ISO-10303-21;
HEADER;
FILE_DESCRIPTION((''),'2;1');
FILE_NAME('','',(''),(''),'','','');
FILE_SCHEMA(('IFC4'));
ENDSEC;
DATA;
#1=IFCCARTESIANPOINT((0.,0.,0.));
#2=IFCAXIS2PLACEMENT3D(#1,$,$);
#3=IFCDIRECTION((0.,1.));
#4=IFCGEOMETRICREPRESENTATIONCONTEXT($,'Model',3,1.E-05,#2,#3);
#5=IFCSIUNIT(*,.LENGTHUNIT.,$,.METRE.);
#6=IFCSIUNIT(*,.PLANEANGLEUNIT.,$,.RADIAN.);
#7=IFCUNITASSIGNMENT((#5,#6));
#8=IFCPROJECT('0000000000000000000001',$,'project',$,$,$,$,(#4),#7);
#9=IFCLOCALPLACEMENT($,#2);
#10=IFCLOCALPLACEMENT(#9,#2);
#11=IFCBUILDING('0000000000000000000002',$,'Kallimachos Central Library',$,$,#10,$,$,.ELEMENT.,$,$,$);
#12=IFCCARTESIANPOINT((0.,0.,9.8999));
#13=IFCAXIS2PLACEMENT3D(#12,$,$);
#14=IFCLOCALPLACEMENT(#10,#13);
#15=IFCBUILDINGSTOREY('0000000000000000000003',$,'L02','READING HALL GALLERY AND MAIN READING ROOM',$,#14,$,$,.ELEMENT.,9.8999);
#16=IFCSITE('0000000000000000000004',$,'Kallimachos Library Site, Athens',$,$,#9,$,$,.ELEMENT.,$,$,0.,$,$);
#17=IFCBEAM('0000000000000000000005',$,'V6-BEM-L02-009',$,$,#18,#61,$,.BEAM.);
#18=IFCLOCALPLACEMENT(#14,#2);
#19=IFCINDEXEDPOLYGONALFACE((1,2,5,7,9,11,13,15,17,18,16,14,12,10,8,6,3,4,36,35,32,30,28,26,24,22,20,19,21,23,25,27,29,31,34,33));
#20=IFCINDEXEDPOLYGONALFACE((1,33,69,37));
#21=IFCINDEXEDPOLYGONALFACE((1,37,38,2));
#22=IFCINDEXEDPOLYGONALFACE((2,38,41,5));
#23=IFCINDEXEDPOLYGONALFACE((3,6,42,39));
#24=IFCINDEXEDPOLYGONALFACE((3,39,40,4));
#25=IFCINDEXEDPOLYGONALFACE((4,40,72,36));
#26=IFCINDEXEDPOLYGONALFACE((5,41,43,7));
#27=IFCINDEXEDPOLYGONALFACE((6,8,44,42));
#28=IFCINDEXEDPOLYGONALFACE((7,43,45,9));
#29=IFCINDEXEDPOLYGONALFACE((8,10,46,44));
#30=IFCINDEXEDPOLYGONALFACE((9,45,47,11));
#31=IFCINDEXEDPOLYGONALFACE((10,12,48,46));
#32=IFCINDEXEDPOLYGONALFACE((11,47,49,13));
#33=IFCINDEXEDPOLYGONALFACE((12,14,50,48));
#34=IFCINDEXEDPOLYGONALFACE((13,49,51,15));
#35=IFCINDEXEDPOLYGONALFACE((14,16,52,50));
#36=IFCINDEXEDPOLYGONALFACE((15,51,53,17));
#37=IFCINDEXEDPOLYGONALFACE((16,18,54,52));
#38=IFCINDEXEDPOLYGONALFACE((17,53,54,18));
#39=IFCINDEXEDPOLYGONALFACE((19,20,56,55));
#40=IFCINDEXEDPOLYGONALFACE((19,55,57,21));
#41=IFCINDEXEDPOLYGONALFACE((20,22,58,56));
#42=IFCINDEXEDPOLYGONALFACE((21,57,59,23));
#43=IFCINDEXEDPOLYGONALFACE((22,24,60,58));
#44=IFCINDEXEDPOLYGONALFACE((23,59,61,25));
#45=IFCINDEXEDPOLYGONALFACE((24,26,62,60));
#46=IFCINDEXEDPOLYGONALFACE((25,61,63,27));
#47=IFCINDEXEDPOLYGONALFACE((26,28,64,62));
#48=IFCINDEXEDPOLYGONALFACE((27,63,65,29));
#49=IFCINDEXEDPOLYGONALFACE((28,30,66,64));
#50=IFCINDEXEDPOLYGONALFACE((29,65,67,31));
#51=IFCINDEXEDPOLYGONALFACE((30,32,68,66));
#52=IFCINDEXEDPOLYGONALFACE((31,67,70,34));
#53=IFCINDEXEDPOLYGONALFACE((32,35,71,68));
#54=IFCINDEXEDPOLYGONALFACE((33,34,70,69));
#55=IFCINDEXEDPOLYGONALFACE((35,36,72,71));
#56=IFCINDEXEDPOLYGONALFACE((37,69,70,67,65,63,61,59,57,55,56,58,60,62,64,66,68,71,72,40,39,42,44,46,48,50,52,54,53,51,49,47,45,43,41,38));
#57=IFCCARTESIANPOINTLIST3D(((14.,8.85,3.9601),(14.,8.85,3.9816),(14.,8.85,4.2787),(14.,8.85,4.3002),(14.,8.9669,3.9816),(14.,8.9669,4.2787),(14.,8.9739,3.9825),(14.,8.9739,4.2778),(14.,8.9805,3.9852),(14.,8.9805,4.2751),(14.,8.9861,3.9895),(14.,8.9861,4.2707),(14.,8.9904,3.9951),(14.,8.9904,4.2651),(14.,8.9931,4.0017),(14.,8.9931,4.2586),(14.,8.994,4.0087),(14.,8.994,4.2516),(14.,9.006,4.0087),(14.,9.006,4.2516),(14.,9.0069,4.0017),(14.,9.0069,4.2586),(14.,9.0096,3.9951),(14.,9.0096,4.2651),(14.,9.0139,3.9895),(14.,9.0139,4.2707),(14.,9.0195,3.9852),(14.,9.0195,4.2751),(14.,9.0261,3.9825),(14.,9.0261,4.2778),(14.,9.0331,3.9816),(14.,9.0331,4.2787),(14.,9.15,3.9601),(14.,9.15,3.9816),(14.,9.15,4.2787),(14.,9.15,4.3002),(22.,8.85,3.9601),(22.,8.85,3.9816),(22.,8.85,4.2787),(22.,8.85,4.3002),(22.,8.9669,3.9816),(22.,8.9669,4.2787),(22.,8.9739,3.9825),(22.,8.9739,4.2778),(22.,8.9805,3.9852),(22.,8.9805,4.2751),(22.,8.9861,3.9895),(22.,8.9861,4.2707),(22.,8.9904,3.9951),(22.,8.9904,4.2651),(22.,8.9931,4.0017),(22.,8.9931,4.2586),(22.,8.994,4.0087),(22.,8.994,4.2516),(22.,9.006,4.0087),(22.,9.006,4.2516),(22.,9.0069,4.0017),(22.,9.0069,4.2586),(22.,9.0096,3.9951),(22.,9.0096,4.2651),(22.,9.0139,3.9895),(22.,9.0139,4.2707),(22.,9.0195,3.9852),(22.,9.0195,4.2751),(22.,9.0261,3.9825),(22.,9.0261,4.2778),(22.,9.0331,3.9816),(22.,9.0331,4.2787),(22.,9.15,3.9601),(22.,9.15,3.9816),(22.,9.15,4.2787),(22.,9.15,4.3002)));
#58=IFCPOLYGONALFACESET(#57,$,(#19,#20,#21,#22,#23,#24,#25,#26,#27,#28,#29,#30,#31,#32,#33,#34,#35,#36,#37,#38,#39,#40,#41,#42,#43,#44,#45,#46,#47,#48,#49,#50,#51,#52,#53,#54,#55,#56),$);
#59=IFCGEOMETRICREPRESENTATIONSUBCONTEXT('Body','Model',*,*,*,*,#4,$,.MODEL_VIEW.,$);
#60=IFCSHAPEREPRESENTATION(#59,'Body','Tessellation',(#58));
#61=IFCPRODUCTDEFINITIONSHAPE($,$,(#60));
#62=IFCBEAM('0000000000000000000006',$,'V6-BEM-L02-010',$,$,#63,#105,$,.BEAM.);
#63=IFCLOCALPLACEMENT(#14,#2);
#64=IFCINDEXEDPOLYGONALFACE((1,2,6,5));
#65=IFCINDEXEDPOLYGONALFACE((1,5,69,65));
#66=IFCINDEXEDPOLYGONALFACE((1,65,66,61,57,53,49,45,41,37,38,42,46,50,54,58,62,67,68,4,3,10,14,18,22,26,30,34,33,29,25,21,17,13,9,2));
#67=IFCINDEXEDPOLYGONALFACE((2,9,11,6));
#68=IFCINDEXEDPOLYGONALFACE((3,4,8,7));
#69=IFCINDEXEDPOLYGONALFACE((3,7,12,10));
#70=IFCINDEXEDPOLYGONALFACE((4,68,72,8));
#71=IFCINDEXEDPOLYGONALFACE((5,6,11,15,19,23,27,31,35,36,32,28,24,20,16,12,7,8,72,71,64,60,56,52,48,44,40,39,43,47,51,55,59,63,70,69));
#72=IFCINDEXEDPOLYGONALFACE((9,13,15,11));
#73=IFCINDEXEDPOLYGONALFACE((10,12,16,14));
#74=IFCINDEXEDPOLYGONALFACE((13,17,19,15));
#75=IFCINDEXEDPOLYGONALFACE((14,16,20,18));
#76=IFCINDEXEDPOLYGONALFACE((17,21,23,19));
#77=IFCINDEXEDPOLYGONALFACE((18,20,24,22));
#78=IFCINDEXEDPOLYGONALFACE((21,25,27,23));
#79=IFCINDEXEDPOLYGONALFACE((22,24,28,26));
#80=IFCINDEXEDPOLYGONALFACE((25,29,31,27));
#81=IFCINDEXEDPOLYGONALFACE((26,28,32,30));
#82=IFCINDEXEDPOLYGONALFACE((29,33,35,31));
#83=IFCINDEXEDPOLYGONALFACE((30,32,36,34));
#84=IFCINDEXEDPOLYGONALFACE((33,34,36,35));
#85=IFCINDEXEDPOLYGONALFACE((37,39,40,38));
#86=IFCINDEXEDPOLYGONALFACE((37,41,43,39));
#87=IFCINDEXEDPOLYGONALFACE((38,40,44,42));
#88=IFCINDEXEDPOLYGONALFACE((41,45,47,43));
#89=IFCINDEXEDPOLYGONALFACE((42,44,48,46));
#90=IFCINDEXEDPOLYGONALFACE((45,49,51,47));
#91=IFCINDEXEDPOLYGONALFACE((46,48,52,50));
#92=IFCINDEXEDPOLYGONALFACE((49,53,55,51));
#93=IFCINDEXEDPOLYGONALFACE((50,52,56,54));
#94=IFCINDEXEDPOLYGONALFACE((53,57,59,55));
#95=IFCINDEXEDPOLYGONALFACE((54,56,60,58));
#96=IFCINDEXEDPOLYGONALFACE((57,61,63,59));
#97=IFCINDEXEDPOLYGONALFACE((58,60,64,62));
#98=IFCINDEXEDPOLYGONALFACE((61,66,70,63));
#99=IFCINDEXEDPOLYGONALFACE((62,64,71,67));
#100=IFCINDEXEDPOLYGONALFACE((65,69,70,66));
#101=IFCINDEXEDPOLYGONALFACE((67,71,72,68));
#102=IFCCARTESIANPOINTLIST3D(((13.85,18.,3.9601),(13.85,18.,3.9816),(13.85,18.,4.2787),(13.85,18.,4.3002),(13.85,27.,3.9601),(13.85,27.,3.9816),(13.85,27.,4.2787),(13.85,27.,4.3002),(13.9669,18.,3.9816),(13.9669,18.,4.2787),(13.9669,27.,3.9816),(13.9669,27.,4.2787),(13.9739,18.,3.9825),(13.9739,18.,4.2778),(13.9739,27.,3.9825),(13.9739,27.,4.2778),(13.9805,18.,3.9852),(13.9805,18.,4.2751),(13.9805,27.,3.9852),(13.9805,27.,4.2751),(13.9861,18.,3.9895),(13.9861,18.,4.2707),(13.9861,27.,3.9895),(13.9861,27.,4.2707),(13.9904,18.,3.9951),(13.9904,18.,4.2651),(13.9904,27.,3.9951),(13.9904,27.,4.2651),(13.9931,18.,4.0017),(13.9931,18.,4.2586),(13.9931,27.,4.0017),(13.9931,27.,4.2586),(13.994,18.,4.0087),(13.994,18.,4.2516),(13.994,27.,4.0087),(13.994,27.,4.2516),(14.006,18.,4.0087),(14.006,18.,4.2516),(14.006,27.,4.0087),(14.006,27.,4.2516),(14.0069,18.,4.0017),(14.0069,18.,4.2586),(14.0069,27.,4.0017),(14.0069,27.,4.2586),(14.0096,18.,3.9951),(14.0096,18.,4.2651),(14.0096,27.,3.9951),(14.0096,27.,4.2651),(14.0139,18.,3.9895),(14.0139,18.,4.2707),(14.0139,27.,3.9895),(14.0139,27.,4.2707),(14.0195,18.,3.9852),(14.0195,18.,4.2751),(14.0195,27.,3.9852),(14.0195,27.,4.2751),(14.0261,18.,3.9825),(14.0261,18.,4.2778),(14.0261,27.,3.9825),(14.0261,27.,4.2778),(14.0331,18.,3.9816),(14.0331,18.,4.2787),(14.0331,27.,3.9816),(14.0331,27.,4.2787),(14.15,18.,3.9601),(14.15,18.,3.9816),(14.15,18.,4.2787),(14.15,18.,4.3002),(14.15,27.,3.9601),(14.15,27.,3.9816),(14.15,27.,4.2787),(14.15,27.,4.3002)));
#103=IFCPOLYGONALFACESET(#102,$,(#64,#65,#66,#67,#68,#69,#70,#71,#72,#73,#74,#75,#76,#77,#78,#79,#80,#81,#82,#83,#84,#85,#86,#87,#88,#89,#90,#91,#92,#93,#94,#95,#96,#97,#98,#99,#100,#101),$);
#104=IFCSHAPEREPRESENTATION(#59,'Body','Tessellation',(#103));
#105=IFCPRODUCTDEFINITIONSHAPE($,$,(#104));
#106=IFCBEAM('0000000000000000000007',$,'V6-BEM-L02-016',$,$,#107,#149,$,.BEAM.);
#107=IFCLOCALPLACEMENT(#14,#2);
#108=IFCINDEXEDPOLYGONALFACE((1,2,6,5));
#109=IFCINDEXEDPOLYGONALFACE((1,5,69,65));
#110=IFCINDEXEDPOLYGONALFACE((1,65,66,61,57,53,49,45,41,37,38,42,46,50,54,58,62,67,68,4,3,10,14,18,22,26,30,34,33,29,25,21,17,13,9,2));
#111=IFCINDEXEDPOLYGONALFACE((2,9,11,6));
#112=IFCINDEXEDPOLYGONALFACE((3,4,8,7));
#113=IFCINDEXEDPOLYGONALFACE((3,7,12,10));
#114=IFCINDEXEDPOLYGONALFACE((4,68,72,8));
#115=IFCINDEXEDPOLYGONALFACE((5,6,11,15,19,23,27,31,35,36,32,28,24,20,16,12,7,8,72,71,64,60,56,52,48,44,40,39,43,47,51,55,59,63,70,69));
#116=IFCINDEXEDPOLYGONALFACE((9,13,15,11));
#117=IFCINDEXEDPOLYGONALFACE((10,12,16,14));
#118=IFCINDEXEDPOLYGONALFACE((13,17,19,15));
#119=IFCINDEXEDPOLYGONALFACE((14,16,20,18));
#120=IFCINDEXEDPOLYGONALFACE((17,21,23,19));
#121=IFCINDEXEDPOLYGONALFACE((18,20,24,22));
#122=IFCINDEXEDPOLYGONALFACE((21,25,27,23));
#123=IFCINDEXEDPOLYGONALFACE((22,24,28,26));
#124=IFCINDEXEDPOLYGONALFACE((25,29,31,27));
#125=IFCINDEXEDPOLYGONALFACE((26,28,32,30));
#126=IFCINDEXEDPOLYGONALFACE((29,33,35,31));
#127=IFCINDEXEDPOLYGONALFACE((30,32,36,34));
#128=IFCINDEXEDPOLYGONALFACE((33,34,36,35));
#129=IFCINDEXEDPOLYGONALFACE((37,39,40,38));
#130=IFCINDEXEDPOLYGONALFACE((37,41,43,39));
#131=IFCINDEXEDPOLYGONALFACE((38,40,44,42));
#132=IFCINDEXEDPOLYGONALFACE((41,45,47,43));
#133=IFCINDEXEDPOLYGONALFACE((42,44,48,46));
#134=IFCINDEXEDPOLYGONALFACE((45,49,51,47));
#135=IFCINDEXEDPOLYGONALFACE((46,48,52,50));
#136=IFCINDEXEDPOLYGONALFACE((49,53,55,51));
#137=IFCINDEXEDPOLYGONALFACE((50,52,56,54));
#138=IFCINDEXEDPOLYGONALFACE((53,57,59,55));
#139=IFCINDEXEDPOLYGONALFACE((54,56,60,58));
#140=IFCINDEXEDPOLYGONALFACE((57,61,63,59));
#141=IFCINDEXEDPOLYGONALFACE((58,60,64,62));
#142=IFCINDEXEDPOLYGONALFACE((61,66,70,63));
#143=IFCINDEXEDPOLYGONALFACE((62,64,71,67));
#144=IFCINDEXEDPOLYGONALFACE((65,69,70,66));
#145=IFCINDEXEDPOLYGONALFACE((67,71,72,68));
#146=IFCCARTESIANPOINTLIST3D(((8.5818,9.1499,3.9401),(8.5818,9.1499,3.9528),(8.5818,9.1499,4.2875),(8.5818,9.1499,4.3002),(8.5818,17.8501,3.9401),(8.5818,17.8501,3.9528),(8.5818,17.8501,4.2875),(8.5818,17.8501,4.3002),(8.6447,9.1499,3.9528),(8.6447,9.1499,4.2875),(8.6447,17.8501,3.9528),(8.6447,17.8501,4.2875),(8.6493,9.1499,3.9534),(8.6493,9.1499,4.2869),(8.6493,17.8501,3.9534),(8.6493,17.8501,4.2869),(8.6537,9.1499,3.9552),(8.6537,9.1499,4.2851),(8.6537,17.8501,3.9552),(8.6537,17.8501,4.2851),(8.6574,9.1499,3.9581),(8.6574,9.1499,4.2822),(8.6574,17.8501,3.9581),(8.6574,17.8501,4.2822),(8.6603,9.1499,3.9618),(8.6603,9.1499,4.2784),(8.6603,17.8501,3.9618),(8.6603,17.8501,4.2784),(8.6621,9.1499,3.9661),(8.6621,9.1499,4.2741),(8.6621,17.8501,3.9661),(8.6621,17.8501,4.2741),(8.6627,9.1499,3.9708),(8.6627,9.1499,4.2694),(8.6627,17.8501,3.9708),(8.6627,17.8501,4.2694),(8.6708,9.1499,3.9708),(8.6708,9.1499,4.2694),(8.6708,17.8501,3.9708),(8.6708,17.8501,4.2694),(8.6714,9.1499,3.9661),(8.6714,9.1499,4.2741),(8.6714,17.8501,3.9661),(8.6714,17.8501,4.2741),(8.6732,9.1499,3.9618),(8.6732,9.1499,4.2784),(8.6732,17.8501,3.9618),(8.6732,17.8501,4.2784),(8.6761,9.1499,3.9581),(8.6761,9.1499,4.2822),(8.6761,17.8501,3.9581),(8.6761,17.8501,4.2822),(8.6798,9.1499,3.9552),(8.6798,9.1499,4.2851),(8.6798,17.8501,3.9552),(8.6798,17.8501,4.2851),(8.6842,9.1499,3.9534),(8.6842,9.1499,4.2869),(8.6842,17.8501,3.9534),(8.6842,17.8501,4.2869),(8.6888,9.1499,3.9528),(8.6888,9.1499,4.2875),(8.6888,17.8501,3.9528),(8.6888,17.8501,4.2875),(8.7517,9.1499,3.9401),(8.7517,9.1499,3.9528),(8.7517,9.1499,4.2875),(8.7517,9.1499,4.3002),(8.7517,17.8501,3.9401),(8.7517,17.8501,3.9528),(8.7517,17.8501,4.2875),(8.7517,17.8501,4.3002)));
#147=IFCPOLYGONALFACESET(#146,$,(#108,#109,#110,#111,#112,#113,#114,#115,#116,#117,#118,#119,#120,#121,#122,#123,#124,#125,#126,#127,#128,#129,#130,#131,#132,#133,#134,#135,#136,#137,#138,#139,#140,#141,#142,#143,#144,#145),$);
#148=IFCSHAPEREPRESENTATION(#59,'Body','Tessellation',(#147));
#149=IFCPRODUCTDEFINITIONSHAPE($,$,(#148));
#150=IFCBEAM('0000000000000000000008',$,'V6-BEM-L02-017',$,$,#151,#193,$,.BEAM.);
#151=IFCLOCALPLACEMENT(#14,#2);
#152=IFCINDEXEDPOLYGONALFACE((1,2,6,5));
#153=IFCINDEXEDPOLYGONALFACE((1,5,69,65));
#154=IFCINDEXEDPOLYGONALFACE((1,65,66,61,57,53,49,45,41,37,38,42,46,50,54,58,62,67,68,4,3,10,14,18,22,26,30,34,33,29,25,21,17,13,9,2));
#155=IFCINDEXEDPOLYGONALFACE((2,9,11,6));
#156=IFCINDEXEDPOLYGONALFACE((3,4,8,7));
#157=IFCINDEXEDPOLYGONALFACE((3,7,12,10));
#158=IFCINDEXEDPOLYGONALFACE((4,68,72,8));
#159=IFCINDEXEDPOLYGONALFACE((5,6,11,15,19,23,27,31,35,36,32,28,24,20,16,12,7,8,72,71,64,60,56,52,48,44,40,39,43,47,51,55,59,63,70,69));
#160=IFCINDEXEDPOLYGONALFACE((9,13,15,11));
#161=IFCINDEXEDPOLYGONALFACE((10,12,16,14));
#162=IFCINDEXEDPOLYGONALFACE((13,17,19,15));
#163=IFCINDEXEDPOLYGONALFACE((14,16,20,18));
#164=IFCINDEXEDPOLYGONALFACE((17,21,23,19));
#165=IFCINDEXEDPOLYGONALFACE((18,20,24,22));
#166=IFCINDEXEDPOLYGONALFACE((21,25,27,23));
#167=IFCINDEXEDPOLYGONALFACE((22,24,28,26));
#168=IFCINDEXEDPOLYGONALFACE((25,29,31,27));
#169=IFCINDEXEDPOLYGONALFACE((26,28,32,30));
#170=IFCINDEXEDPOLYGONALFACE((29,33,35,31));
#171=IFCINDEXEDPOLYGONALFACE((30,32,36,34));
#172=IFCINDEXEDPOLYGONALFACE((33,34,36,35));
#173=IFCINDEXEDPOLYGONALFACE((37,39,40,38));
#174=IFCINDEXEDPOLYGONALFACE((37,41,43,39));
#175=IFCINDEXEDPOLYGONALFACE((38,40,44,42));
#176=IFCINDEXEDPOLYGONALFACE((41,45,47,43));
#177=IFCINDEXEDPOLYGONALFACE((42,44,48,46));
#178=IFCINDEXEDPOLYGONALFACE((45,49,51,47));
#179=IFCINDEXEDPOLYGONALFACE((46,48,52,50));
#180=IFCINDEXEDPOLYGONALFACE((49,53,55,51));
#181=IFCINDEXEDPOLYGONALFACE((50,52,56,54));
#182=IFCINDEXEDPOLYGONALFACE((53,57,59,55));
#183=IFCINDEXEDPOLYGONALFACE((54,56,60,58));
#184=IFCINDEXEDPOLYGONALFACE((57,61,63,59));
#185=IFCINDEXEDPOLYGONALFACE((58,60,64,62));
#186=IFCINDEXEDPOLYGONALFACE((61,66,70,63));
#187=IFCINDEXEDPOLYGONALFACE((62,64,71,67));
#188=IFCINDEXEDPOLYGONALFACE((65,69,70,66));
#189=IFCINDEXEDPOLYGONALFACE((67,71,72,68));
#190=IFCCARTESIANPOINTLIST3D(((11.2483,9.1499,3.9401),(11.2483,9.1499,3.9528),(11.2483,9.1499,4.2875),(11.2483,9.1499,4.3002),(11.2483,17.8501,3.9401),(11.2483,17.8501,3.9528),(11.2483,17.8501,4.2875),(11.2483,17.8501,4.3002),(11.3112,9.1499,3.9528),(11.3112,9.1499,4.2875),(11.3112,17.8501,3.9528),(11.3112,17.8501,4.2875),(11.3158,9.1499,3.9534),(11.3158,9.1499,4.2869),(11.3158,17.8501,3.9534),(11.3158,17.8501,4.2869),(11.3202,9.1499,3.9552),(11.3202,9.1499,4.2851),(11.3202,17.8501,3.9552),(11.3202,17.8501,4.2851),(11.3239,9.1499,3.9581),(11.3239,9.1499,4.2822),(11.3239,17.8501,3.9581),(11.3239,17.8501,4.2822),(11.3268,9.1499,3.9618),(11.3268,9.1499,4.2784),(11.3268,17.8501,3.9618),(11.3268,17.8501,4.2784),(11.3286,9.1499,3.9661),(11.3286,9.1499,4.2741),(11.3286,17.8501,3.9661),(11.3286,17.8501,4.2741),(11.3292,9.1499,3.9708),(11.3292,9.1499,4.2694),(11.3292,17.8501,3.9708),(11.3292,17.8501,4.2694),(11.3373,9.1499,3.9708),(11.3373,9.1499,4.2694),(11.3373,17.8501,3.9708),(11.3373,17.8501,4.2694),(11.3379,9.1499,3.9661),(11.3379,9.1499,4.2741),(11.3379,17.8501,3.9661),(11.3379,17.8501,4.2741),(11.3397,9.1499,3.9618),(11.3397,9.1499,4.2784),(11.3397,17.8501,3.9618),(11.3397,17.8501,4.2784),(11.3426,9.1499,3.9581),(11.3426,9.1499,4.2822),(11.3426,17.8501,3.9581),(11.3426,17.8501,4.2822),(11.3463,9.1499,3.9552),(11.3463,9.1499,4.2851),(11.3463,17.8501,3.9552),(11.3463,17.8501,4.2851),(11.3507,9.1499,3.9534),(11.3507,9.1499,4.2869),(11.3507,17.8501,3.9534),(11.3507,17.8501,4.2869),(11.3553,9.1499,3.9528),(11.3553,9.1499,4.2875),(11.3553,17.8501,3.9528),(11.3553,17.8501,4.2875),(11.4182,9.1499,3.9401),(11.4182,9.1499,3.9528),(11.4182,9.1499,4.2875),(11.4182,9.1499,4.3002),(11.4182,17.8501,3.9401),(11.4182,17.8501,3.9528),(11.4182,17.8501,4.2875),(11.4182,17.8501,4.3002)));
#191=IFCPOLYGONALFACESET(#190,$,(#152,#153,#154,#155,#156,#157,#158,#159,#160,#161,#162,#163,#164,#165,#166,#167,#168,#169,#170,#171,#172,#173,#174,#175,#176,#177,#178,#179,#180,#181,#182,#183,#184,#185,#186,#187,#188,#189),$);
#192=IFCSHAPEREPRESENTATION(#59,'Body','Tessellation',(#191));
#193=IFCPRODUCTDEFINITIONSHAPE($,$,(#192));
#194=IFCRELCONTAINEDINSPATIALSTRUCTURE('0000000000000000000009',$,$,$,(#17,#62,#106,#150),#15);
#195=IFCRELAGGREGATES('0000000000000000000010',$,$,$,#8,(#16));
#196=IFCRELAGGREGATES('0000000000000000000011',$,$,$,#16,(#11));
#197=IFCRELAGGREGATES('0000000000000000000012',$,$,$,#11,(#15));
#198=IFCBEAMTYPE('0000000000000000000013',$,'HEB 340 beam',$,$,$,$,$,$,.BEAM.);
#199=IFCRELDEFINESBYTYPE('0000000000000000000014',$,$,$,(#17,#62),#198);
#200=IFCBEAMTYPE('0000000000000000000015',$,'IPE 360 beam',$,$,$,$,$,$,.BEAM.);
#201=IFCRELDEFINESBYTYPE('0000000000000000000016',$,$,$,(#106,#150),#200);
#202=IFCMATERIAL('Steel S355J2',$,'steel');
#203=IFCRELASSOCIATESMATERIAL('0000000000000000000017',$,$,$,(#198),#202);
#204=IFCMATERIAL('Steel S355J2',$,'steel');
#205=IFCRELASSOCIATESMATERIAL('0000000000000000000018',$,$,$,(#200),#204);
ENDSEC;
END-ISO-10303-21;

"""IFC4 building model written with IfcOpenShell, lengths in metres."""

from ifc_helpers import new_model, si_unit, direction, frame, origin, origin_2d, place, context, subcontext, project, spatial, i_section, extrude, material, material_profile, profile_set, type_object, element, save


model = new_model("IFC4")

# Units and contexts
model_context = context("Model", 3, precision=1e-05, world=origin(), true_north=direction((0.0, 1.0)))
body_context = subcontext(model_context, "Body", "Model", "MODEL_VIEW")
ifc_project = project(units=[si_unit("LENGTHUNIT", "METRE"), si_unit("PLANEANGLEUNIT", "RADIAN")], contexts=[model_context])

# Site, building, storey
site_placement = place(None, origin())
site = spatial("IfcSite", under=ifc_project, at=site_placement, Name="Kallimachos Library Site, Athens", CompositionType="ELEMENT", RefElevation=0.0)
building_placement = place(site_placement, origin())
building = spatial("IfcBuilding", under=site, at=building_placement, Name="Kallimachos Central Library", CompositionType="ELEMENT")
storey_placement = place(building_placement, frame((0.0, 0.0, 9.8999)))
storey = spatial("IfcBuildingStorey", under=building, at=storey_placement, Name="L02", Description="READING HALL GALLERY AND MAIN READING ROOM", CompositionType="ELEMENT", Elevation=9.8999)

# Beams
ifc_material_1 = material(Name="Steel S355J2", Category="steel")
ifc_material_profile_1 = material_profile(ifc_material_1, i_section(OverallWidth=0.3, OverallDepth=0.3401, WebThickness=0.012, FlangeThickness=0.0215, FilletRadius=0.0271, at=origin_2d()), Name="HEB 340")
ifc_profile_set_1 = profile_set([ifc_material_profile_1], Name="Steel S355J2")
beam_type_1 = type_object("IfcBeamType", Name="HEB 340 beam", PredefinedType="BEAM", material=ifc_profile_set_1)
beam_1_placement = place(storey_placement, frame((14.0, 9.0, 4.1301), z_axis=(1.0, 0.0, 0.0), x_axis=(0.0, 1.0, 0.0)))
element("IfcBeam", 1, at=beam_1_placement, inside=storey, type_object=beam_type_1, Name="V6-BEM-L02-009", PredefinedType="BEAM", context=body_context, shape_type="SweptSolid", body=[
    extrude(i_section(OverallWidth=0.3, OverallDepth=0.3401, WebThickness=0.012, FlangeThickness=0.0215, FilletRadius=0.0271, at=origin_2d()), origin(), (0.0, 0.0, 1.0), 8.0),
])
beam_2_placement = place(storey_placement, frame((14.0, 18.0, 4.1301), z_axis=(0.0, 1.0, 0.0), x_axis=(-1.0, 0.0, 0.0)))
element("IfcBeam", 2, at=beam_2_placement, inside=storey, type_object=beam_type_1, Name="V6-BEM-L02-010", PredefinedType="BEAM", context=body_context, shape_type="SweptSolid", body=[
    extrude(i_section(OverallWidth=0.3, OverallDepth=0.3401, WebThickness=0.012, FlangeThickness=0.0215, FilletRadius=0.0271, at=origin_2d()), origin(), (0.0, 0.0, 1.0), 9.0),
])
ifc_material_2 = material(Name="Steel S355J2", Category="steel")
ifc_material_profile_2 = material_profile(ifc_material_2, i_section(OverallWidth=0.1699, OverallDepth=0.3601, WebThickness=0.0081, FlangeThickness=0.0127, FilletRadius=0.0181, at=origin_2d()), Name="IPE 360")
ifc_profile_set_2 = profile_set([ifc_material_profile_2], Name="Steel S355J2")
beam_type_2 = type_object("IfcBeamType", Name="IPE 360 beam", PredefinedType="BEAM", material=ifc_profile_set_2)
for number, where, z_axis, x_axis, name in (
    (3, (8.6667, 9.1499, 4.1201), (0.0, 1.0, 0.0), (-1.0, 0.0, 0.0), "V6-BEM-L02-016"),
    (4, (11.3333, 9.1499, 4.1201), (0.0, 1.0, 0.0), (-1.0, 0.0, 0.0), "V6-BEM-L02-017"),
):
    element("IfcBeam", number, at=place(storey_placement, frame(where, z_axis=z_axis, x_axis=x_axis)), inside=storey, type_object=beam_type_2, Name=name, PredefinedType="BEAM", context=body_context, shape_type="SweptSolid", body=[
        extrude(i_section(OverallWidth=0.1699, OverallDepth=0.3601, WebThickness=0.0081, FlangeThickness=0.0127, FilletRadius=0.0181, at=origin_2d()), origin(), (0.0, 0.0, 1.0), 8.7002),
    ])

save(model, "model.ifc")
